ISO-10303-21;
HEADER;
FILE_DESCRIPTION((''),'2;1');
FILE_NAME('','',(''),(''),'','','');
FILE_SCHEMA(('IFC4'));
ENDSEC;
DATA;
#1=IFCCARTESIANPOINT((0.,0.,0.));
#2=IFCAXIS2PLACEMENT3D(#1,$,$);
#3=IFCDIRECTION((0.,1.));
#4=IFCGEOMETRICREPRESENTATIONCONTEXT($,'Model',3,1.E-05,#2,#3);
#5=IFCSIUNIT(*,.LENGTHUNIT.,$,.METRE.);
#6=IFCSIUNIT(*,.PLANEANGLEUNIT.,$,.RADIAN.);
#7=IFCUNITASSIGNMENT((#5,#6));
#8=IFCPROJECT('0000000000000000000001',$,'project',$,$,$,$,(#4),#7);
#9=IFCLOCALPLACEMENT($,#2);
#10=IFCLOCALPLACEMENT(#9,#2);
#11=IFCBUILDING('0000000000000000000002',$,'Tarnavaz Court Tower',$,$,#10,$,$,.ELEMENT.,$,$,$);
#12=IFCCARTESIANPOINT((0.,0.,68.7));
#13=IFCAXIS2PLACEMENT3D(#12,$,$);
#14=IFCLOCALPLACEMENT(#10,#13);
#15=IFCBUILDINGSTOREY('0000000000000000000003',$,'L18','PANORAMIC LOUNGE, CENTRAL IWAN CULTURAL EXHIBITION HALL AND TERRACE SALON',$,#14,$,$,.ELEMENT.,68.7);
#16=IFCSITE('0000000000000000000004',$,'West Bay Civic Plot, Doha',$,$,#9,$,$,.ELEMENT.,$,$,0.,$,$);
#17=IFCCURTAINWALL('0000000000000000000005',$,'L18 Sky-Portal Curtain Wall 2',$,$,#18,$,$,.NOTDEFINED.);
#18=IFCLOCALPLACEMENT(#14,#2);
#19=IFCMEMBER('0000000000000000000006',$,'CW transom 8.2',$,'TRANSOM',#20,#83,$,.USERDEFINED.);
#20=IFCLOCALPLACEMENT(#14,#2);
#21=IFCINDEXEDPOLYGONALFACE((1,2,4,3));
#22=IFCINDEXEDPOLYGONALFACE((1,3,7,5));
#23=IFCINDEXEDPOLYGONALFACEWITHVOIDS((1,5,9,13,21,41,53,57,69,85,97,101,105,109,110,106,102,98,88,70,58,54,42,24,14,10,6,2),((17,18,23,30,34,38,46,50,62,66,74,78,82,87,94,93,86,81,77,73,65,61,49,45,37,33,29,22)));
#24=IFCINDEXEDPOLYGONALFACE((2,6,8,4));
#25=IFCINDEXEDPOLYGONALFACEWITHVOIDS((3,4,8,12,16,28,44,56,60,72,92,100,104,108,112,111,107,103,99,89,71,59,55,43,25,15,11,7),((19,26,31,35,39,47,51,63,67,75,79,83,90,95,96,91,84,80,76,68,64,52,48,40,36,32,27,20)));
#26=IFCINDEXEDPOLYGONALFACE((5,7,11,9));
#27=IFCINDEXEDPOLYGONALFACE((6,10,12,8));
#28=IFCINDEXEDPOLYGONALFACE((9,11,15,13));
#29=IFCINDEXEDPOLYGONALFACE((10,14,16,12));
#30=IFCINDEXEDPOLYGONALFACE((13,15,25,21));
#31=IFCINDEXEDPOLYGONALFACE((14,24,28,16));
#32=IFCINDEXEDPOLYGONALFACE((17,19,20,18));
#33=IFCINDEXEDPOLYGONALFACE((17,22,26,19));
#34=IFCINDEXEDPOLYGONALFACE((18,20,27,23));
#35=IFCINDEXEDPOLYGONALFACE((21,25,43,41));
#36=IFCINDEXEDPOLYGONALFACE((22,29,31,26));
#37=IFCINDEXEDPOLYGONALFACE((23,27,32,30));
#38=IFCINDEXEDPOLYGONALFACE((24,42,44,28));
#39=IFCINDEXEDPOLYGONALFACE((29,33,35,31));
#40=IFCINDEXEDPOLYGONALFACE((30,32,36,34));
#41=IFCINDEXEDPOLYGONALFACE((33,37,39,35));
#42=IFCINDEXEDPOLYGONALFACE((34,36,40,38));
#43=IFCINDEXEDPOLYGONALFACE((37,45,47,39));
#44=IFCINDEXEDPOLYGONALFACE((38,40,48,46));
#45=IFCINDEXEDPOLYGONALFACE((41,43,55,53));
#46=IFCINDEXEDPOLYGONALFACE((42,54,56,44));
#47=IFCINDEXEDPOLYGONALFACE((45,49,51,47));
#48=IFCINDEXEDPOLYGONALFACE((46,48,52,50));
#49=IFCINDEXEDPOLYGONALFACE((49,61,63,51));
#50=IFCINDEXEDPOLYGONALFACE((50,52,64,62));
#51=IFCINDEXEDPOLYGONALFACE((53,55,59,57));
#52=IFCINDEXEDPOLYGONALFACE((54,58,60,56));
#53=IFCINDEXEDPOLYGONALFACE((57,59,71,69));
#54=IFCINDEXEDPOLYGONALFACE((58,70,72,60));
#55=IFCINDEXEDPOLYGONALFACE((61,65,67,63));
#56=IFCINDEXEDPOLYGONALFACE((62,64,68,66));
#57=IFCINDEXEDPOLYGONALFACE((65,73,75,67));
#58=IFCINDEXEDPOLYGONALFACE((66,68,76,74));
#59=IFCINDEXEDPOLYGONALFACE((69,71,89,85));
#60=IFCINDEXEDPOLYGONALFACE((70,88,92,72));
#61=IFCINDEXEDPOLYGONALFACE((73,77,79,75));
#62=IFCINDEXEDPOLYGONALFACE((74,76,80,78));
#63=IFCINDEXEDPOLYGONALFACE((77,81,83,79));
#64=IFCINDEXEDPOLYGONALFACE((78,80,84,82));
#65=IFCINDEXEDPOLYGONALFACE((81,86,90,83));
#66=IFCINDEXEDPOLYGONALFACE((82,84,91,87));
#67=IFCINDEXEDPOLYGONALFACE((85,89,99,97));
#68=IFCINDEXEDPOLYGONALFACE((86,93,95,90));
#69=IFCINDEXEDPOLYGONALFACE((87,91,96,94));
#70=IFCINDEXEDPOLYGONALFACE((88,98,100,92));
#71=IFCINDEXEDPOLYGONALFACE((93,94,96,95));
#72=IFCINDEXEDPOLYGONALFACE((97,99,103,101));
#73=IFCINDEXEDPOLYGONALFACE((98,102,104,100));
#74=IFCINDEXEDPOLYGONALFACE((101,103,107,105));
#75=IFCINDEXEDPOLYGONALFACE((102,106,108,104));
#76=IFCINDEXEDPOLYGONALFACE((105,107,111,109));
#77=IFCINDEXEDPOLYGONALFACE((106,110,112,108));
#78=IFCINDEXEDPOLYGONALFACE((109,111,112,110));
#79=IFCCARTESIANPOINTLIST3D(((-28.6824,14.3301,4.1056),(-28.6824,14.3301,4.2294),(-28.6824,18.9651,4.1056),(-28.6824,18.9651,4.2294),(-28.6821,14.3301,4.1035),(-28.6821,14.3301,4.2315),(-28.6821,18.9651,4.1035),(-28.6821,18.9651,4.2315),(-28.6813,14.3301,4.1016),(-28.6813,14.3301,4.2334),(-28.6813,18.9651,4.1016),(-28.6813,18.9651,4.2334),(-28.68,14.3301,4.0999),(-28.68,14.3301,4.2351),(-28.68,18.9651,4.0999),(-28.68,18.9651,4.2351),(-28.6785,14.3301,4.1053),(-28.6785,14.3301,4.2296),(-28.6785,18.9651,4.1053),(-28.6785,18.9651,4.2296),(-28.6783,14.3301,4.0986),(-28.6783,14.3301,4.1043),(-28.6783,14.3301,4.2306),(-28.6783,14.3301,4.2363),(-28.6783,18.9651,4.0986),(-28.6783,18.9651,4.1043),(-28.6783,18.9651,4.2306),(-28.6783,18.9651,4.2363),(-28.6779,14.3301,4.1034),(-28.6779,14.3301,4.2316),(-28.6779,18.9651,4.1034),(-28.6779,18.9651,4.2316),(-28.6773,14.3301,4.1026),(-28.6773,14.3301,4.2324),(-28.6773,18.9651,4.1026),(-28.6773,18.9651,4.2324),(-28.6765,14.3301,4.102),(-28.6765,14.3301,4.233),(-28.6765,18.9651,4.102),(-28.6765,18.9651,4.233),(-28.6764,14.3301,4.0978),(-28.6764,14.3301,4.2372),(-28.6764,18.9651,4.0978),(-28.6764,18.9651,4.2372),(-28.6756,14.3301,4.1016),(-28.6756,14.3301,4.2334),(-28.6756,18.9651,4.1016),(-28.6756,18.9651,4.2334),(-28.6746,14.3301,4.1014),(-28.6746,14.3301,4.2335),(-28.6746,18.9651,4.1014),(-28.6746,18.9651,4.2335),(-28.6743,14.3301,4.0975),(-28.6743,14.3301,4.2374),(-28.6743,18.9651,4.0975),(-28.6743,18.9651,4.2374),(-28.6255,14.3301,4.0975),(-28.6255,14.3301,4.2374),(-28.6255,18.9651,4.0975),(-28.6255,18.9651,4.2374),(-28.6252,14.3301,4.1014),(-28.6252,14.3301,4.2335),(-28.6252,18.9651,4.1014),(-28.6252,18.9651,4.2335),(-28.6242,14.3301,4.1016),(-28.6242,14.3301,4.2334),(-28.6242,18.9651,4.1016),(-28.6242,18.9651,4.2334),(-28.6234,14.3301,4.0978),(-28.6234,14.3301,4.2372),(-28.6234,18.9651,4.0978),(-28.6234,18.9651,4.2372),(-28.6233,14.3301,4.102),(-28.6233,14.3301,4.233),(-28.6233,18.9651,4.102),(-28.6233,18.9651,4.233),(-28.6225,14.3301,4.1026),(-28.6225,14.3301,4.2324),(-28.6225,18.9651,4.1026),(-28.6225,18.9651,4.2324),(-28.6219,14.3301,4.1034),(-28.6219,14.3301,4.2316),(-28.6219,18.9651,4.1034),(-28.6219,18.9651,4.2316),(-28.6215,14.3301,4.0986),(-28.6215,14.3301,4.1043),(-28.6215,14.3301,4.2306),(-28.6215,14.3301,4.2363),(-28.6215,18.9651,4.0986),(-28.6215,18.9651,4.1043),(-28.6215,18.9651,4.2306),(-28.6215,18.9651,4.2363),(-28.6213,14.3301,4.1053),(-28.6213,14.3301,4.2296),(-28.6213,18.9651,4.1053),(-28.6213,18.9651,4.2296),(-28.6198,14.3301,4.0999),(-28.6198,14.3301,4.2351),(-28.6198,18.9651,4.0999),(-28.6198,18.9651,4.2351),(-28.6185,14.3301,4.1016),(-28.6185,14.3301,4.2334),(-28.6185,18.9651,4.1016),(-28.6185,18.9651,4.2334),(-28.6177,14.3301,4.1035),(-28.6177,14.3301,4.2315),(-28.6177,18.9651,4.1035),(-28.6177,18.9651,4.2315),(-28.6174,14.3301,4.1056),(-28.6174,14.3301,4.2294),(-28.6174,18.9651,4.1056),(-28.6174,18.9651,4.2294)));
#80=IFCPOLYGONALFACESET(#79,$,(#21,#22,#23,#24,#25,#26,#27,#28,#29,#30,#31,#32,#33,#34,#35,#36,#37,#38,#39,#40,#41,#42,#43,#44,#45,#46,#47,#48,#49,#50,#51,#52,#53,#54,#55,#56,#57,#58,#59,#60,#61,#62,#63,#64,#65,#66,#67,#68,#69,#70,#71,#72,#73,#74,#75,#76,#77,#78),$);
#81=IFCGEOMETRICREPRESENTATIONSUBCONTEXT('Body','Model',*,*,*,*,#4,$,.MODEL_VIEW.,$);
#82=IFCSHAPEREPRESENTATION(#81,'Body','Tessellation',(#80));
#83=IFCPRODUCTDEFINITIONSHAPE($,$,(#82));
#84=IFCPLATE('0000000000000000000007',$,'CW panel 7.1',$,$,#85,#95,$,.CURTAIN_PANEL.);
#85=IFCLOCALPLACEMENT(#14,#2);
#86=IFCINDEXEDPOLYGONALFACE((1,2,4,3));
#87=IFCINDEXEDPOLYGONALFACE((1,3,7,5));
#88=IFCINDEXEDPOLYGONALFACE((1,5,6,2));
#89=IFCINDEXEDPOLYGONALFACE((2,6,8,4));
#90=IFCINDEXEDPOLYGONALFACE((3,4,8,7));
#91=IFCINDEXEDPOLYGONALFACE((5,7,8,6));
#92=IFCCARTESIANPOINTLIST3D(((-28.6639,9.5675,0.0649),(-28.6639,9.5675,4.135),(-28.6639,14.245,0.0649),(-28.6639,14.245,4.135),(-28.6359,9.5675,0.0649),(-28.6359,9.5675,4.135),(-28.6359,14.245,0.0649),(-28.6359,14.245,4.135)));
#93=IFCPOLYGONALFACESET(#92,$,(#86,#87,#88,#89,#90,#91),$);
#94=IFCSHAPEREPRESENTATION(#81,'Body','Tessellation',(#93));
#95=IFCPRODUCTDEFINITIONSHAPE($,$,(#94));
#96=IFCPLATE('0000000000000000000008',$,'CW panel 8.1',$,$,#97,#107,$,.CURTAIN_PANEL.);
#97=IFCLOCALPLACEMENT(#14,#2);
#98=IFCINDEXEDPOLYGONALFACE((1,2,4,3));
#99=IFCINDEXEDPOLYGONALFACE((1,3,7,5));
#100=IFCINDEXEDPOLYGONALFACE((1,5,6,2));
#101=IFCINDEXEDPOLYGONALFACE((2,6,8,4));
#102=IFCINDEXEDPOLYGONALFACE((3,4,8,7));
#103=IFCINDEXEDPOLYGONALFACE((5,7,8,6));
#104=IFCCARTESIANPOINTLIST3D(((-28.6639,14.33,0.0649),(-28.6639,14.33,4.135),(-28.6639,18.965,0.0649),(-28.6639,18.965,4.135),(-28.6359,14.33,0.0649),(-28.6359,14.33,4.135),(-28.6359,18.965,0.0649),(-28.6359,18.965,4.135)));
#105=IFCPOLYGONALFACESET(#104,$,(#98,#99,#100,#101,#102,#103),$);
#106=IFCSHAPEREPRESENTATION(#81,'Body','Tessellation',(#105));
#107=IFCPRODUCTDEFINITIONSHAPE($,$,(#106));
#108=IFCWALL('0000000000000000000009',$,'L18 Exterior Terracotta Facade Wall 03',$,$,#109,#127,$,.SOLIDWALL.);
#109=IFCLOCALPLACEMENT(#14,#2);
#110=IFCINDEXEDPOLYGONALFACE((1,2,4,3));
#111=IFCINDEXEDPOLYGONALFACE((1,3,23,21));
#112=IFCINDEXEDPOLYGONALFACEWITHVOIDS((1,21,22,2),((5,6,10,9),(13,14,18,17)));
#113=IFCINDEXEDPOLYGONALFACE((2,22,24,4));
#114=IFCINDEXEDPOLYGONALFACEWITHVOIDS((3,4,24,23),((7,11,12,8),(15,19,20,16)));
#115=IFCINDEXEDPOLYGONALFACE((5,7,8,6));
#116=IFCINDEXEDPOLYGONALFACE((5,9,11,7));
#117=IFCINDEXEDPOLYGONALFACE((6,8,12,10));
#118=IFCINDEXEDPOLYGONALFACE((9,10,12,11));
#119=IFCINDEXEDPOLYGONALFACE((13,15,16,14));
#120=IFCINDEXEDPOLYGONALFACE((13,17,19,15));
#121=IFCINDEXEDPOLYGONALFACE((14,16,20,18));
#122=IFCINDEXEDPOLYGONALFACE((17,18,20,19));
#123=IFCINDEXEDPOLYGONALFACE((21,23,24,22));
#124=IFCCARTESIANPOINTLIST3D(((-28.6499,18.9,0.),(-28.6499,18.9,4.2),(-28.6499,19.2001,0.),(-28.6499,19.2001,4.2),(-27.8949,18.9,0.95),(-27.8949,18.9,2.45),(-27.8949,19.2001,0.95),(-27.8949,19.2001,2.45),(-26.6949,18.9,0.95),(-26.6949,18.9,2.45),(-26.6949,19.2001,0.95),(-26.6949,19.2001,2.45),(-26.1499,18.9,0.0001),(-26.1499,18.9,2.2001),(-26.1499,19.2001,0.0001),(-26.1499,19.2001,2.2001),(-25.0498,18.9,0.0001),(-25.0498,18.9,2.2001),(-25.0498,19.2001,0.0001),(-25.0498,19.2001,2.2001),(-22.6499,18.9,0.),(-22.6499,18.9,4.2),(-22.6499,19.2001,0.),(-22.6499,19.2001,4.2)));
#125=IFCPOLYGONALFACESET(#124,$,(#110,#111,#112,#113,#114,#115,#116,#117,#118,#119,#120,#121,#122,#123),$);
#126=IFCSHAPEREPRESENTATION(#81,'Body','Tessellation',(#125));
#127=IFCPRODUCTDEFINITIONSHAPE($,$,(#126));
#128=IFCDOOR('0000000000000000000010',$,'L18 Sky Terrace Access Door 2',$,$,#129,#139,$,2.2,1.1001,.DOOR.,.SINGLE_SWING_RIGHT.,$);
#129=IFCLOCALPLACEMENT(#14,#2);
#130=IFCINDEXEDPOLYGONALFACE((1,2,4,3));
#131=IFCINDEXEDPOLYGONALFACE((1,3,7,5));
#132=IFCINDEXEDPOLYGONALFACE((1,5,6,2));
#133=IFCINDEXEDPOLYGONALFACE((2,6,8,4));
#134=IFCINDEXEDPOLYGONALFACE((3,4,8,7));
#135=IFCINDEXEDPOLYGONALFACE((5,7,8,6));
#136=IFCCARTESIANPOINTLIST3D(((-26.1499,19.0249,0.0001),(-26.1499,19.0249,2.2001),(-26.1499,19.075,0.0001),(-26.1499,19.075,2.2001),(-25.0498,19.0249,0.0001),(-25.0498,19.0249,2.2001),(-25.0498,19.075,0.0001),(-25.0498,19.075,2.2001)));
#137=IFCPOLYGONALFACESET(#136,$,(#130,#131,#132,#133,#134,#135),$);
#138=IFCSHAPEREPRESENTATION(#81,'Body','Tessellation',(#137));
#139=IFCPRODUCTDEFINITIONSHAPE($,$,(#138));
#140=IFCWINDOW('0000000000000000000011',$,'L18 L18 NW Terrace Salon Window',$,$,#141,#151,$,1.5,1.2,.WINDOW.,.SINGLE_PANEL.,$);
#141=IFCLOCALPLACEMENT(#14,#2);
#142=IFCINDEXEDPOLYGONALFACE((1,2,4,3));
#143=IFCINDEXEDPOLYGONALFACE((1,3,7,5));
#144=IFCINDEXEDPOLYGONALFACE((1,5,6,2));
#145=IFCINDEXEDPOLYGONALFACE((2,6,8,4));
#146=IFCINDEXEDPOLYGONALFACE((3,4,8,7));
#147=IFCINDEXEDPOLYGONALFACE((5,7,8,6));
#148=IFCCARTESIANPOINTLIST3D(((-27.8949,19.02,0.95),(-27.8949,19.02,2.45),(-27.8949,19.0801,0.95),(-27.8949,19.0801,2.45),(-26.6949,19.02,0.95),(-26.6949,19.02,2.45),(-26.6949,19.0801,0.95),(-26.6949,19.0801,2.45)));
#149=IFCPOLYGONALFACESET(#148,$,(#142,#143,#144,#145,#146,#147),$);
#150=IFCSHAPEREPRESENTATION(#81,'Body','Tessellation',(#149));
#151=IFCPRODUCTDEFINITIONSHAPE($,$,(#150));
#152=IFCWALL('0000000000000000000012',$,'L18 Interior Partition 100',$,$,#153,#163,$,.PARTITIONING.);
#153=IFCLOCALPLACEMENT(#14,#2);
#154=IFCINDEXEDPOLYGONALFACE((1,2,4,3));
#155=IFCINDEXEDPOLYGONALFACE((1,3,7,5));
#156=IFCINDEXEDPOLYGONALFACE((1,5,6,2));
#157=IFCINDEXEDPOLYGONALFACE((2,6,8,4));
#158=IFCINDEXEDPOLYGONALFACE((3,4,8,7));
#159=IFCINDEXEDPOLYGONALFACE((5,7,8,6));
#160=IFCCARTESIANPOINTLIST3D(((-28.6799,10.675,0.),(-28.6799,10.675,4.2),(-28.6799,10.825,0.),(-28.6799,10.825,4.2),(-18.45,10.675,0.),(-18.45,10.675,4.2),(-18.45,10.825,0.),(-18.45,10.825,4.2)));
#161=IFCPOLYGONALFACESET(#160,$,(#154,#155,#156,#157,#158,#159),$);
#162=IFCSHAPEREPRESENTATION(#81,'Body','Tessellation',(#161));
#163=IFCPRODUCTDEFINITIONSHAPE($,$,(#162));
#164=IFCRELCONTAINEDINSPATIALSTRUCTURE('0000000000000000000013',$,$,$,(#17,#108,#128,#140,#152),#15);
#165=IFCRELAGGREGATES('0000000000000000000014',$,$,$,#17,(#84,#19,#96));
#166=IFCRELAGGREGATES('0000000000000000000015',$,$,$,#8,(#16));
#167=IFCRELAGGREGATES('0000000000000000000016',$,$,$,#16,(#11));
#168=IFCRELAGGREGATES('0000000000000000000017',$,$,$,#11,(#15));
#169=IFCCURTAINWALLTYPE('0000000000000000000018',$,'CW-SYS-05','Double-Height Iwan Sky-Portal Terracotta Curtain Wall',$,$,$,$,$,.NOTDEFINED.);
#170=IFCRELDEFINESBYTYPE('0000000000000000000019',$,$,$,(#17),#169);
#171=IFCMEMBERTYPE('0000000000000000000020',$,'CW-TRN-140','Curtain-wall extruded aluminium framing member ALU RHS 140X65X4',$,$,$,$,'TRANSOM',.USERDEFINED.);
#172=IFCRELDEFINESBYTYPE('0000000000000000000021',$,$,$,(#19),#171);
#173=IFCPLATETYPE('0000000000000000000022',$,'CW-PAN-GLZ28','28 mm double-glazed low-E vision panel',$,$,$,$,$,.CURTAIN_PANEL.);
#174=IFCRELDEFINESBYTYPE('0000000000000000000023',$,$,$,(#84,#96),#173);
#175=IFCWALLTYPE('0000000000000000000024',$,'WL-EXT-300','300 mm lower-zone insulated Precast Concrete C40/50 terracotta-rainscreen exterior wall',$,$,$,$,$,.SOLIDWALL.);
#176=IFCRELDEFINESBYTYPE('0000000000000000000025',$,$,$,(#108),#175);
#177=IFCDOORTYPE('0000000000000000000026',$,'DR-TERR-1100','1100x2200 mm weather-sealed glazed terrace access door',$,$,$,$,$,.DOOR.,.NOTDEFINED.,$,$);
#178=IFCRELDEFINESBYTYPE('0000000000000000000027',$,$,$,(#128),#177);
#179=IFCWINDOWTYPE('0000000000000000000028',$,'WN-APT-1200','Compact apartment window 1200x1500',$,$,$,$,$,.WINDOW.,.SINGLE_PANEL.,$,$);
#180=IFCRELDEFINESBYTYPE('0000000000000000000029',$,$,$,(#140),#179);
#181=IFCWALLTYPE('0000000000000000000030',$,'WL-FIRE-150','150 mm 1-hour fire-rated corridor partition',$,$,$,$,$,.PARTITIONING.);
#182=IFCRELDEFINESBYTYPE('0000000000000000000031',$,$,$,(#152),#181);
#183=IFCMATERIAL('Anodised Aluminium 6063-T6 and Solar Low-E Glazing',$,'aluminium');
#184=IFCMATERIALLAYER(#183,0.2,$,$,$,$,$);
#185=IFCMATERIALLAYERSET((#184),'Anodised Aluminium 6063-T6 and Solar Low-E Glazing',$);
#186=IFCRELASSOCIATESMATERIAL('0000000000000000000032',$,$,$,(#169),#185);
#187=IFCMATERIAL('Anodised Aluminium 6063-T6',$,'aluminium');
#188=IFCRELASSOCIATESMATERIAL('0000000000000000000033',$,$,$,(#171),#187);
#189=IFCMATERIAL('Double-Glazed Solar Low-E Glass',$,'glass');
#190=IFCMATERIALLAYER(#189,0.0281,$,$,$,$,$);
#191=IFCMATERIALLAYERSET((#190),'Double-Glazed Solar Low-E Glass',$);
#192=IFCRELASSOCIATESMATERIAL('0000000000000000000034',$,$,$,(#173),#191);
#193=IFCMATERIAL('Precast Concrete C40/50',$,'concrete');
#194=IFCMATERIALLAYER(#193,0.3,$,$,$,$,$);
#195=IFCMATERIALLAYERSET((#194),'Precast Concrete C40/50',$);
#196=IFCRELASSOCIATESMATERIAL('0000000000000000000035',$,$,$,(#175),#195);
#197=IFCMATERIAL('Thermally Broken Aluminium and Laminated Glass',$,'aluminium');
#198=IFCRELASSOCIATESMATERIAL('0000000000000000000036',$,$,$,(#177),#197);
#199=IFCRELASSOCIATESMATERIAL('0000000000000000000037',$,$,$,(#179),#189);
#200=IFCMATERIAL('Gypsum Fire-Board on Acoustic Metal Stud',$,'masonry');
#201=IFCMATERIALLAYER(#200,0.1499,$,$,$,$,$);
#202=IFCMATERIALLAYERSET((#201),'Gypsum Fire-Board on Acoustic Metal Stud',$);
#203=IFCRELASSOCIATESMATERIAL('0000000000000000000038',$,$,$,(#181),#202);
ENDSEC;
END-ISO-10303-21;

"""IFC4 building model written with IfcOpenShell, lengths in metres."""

from ifc_helpers import new_model, si_unit, direction, frame, frame_2d, origin, origin_2d, place, context, subcontext, project, spatial, rectangle, hollow_rectangle, extrude, material, layer, layer_set, material_profile, profile_set, type_object, element, fill, aggregate, save


model = new_model("IFC4")

# Units and contexts
model_context = context("Model", 3, precision=1e-05, world=origin(), true_north=direction((0.0, 1.0)))
body_context = subcontext(model_context, "Body", "Model", "MODEL_VIEW")
ifc_project = project(units=[si_unit("LENGTHUNIT", "METRE"), si_unit("PLANEANGLEUNIT", "RADIAN")], contexts=[model_context])

# Site, building, storey
site_placement = place(None, origin())
site = spatial("IfcSite", under=ifc_project, at=site_placement, Name="West Bay Civic Plot, Doha", CompositionType="ELEMENT", RefElevation=0.0)
building_placement = place(site_placement, origin())
building = spatial("IfcBuilding", under=site, at=building_placement, Name="Tarnavaz Court Tower", CompositionType="ELEMENT")
storey_placement = place(building_placement, frame((0.0, 0.0, 68.7)))
storey = spatial("IfcBuildingStorey", under=building, at=storey_placement, Name="L18", Description="PANORAMIC LOUNGE, CENTRAL IWAN CULTURAL EXHIBITION HALL AND TERRACE SALON", CompositionType="ELEMENT", Elevation=68.7)

# Curtain wall, member, plates
ifc_material_1 = material(Name="Anodised Aluminium 6063-T6 and Solar Low-E Glazing", Category="aluminium")
ifc_layer_1 = layer(ifc_material_1, 0.2)
ifc_layer_set_1 = layer_set([ifc_layer_1], Name="Anodised Aluminium 6063-T6 and Solar Low-E Glazing")
curtain_wall_type = type_object("IfcCurtainWallType", Name="CW-SYS-05", Description="Double-Height Iwan Sky-Portal Terracotta Curtain Wall", PredefinedType="NOTDEFINED", material=ifc_layer_set_1)
curtain_wall_placement = place(storey_placement, origin())
curtain_wall = element("IfcCurtainWall", 1, at=curtain_wall_placement, inside=storey, type_object=curtain_wall_type, Name="L18 Sky-Portal Curtain Wall 2", PredefinedType="NOTDEFINED")
ifc_material_2 = material(Name="Anodised Aluminium 6063-T6", Category="aluminium")
ifc_material_profile_1 = material_profile(ifc_material_2, hollow_rectangle(XDim=0.0649, YDim=0.1399, WallThickness=0.0039, InnerFilletRadius=0.0039, OuterFilletRadius=0.0081, at=origin_2d()), Name="ALU RHS 140X65X4")
ifc_profile_set_1 = profile_set([ifc_material_profile_1], Name="Anodised Aluminium 6063-T6")
member_type_1 = type_object("IfcMemberType", Name="CW-TRN-140", Description="Curtain-wall extruded aluminium framing member ALU RHS 140X65X4", ElementType="TRANSOM", PredefinedType="USERDEFINED", material=ifc_profile_set_1)
member_1_placement = place(storey_placement, frame((-28.6499, 14.3301, 4.1675), z_axis=(0.0, 1.0, 0.0), x_axis=(-1.0, 0.0, 0.0)))
member_1 = element("IfcMember", 2, at=member_1_placement, type_object=member_type_1, Name="CW transom 8.2", ObjectType="TRANSOM", PredefinedType="USERDEFINED", context=body_context, shape_type="SweptSolid", body=[
    extrude(hollow_rectangle(XDim=0.0649, YDim=0.1399, WallThickness=0.0039, InnerFilletRadius=0.0039, OuterFilletRadius=0.0081, at=origin_2d()), origin(), (0.0, 0.0, 1.0), 4.635),
])
ifc_material_3 = material(Name="Double-Glazed Solar Low-E Glass", Category="glass")
ifc_layer_2 = layer(ifc_material_3, 0.0281)
ifc_layer_set_2 = layer_set([ifc_layer_2], Name="Double-Glazed Solar Low-E Glass")
plate_type = type_object("IfcPlateType", Name="CW-PAN-GLZ28", Description="28 mm double-glazed low-E vision panel", PredefinedType="CURTAIN_PANEL", material=ifc_layer_set_2)
plate_1_placement = place(storey_placement, frame((-28.6499, 11.9062, 0.0649), z_axis=(0.0, 0.0, 1.0), x_axis=(0.0, 1.0, 0.0)))
plate_1 = element("IfcPlate", 3, at=plate_1_placement, type_object=plate_type, Name="CW panel 7.1", PredefinedType="CURTAIN_PANEL", context=body_context, shape_type="SweptSolid", body=[
    extrude(rectangle(XDim=4.6775, YDim=0.0281, at=origin_2d()), origin(), (0.0, 0.0, 1.0), 4.0701),
])
plate_2_placement = place(storey_placement, frame((-28.6499, 16.6475, 0.0649), z_axis=(0.0, 0.0, 1.0), x_axis=(0.0, 1.0, 0.0)))
plate_2 = element("IfcPlate", 4, at=plate_2_placement, type_object=plate_type, Name="CW panel 8.1", PredefinedType="CURTAIN_PANEL", context=body_context, shape_type="SweptSolid", body=[
    extrude(rectangle(XDim=4.635, YDim=0.0281, at=origin_2d()), origin(), (0.0, 0.0, 1.0), 4.0701),
])
aggregate(curtain_wall, [plate_1, member_1, plate_2])

# Wall, openings, door, window
ifc_material_4 = material(Name="Precast Concrete C40/50", Category="concrete")
ifc_layer_3 = layer(ifc_material_4, 0.3)
ifc_layer_set_3 = layer_set([ifc_layer_3], Name="Precast Concrete C40/50")
wall_type_1 = type_object("IfcWallType", Name="WL-EXT-300", Description="300 mm lower-zone insulated Precast Concrete C40/50 terracotta-rainscreen exterior wall", PredefinedType="SOLIDWALL", material=ifc_layer_set_3)
wall_1_placement = place(storey_placement, frame((-28.6499, 19.05, 0.0), z_axis=(0.0, 0.0, 1.0), x_axis=(1.0, 0.0, 0.0)))
wall_1 = element("IfcWall", 5, at=wall_1_placement, inside=storey, type_object=wall_type_1, Name="L18 Exterior Terracotta Facade Wall 03", PredefinedType="SOLIDWALL", context=body_context, shape_type="SweptSolid", body=[
    extrude(rectangle(XDim=6.0, YDim=0.3, at=frame_2d((3.0, 0.0))), origin(), (0.0, 0.0, 1.0), 4.2),
])
opening_1_placement = place(wall_1_placement, frame((2.5, 0.0, 0.0)))
opening_1 = element("IfcOpeningElement", 6, at=opening_1_placement, cuts=wall_1, PredefinedType="OPENING", context=body_context, shape_type="SweptSolid", body=[
    extrude(rectangle(XDim=1.1001, YDim=2.2, at=frame_2d((0.55, 1.1001))), frame((0.0, 0.1599, 0.0), z_axis=(0.0, -1.0, 0.0), x_axis=(1.0, 0.0, 0.0)), (0.0, 0.0, 1.0), 0.3201),
])
opening_2_placement = place(wall_1_placement, frame((0.7549, 0.0, 0.95)))
opening_2 = element("IfcOpeningElement", 7, at=opening_2_placement, cuts=wall_1, PredefinedType="OPENING", context=body_context, shape_type="SweptSolid", body=[
    extrude(rectangle(XDim=1.2, YDim=1.5, at=frame_2d((0.6001, 0.75))), frame((0.0, 0.1599, 0.0), z_axis=(0.0, -1.0, 0.0), x_axis=(1.0, 0.0, 0.0)), (0.0, 0.0, 1.0), 0.3201),
])
ifc_material_5 = material(Name="Thermally Broken Aluminium and Laminated Glass", Category="aluminium")
door_type_1 = type_object("IfcDoorType", Name="DR-TERR-1100", Description="1100x2200 mm weather-sealed glazed terrace access door", OperationType="NOTDEFINED", PredefinedType="DOOR", material=ifc_material_5)
door_1_placement = place(opening_1_placement, origin())
door_1 = element("IfcDoor", 8, at=door_1_placement, inside=storey, type_object=door_type_1, Name="L18 Sky Terrace Access Door 2", OperationType="SINGLE_SWING_RIGHT", OverallHeight=2.2, OverallWidth=1.1001, PredefinedType="DOOR", context=body_context, shape_type="SweptSolid", body=[
    extrude(rectangle(XDim=1.1001, YDim=2.2, at=frame_2d((0.55, 1.1001))), frame((0.0, 0.0249, 0.0), z_axis=(0.0, -1.0, 0.0), x_axis=(1.0, 0.0, 0.0)), (0.0, 0.0, 1.0), 0.05),
])
fill(opening_1, door_1)
window_type = type_object("IfcWindowType", Name="WN-APT-1200", Description="Compact apartment window 1200x1500", PartitioningType="SINGLE_PANEL", PredefinedType="WINDOW", material=ifc_material_3)
window_placement = place(opening_2_placement, origin())
window = element("IfcWindow", 9, at=window_placement, inside=storey, type_object=window_type, Name="L18 L18 NW Terrace Salon Window", OverallHeight=1.5, OverallWidth=1.2, PartitioningType="SINGLE_PANEL", PredefinedType="WINDOW", context=body_context, shape_type="SweptSolid", body=[
    extrude(rectangle(XDim=1.2, YDim=1.5, at=frame_2d((0.6001, 0.75))), frame((0.0, 0.03, 0.0), z_axis=(0.0, -1.0, 0.0), x_axis=(1.0, 0.0, 0.0)), (0.0, 0.0, 1.0), 0.0601),
])
fill(opening_2, window)

# Wall
ifc_material_6 = material(Name="Gypsum Fire-Board on Acoustic Metal Stud", Category="masonry")
ifc_layer_4 = layer(ifc_material_6, 0.1499)
ifc_layer_set_4 = layer_set([ifc_layer_4], Name="Gypsum Fire-Board on Acoustic Metal Stud")
wall_type_2 = type_object("IfcWallType", Name="WL-FIRE-150", Description="150 mm 1-hour fire-rated corridor partition", PredefinedType="PARTITIONING", material=ifc_layer_set_4)
wall_2_placement = place(storey_placement, frame((-28.6799, 10.75, 0.0), z_axis=(0.0, 0.0, 1.0), x_axis=(1.0, 0.0, 0.0)))
element("IfcWall", 10, at=wall_2_placement, inside=storey, type_object=wall_type_2, Name="L18 Interior Partition 100", PredefinedType="PARTITIONING", context=body_context, shape_type="SweptSolid", body=[
    extrude(rectangle(XDim=10.23, YDim=0.1499, at=frame_2d((5.115, 0.0))), origin(), (0.0, 0.0, 1.0), 4.2),
])

save(model, "model.ifc")
